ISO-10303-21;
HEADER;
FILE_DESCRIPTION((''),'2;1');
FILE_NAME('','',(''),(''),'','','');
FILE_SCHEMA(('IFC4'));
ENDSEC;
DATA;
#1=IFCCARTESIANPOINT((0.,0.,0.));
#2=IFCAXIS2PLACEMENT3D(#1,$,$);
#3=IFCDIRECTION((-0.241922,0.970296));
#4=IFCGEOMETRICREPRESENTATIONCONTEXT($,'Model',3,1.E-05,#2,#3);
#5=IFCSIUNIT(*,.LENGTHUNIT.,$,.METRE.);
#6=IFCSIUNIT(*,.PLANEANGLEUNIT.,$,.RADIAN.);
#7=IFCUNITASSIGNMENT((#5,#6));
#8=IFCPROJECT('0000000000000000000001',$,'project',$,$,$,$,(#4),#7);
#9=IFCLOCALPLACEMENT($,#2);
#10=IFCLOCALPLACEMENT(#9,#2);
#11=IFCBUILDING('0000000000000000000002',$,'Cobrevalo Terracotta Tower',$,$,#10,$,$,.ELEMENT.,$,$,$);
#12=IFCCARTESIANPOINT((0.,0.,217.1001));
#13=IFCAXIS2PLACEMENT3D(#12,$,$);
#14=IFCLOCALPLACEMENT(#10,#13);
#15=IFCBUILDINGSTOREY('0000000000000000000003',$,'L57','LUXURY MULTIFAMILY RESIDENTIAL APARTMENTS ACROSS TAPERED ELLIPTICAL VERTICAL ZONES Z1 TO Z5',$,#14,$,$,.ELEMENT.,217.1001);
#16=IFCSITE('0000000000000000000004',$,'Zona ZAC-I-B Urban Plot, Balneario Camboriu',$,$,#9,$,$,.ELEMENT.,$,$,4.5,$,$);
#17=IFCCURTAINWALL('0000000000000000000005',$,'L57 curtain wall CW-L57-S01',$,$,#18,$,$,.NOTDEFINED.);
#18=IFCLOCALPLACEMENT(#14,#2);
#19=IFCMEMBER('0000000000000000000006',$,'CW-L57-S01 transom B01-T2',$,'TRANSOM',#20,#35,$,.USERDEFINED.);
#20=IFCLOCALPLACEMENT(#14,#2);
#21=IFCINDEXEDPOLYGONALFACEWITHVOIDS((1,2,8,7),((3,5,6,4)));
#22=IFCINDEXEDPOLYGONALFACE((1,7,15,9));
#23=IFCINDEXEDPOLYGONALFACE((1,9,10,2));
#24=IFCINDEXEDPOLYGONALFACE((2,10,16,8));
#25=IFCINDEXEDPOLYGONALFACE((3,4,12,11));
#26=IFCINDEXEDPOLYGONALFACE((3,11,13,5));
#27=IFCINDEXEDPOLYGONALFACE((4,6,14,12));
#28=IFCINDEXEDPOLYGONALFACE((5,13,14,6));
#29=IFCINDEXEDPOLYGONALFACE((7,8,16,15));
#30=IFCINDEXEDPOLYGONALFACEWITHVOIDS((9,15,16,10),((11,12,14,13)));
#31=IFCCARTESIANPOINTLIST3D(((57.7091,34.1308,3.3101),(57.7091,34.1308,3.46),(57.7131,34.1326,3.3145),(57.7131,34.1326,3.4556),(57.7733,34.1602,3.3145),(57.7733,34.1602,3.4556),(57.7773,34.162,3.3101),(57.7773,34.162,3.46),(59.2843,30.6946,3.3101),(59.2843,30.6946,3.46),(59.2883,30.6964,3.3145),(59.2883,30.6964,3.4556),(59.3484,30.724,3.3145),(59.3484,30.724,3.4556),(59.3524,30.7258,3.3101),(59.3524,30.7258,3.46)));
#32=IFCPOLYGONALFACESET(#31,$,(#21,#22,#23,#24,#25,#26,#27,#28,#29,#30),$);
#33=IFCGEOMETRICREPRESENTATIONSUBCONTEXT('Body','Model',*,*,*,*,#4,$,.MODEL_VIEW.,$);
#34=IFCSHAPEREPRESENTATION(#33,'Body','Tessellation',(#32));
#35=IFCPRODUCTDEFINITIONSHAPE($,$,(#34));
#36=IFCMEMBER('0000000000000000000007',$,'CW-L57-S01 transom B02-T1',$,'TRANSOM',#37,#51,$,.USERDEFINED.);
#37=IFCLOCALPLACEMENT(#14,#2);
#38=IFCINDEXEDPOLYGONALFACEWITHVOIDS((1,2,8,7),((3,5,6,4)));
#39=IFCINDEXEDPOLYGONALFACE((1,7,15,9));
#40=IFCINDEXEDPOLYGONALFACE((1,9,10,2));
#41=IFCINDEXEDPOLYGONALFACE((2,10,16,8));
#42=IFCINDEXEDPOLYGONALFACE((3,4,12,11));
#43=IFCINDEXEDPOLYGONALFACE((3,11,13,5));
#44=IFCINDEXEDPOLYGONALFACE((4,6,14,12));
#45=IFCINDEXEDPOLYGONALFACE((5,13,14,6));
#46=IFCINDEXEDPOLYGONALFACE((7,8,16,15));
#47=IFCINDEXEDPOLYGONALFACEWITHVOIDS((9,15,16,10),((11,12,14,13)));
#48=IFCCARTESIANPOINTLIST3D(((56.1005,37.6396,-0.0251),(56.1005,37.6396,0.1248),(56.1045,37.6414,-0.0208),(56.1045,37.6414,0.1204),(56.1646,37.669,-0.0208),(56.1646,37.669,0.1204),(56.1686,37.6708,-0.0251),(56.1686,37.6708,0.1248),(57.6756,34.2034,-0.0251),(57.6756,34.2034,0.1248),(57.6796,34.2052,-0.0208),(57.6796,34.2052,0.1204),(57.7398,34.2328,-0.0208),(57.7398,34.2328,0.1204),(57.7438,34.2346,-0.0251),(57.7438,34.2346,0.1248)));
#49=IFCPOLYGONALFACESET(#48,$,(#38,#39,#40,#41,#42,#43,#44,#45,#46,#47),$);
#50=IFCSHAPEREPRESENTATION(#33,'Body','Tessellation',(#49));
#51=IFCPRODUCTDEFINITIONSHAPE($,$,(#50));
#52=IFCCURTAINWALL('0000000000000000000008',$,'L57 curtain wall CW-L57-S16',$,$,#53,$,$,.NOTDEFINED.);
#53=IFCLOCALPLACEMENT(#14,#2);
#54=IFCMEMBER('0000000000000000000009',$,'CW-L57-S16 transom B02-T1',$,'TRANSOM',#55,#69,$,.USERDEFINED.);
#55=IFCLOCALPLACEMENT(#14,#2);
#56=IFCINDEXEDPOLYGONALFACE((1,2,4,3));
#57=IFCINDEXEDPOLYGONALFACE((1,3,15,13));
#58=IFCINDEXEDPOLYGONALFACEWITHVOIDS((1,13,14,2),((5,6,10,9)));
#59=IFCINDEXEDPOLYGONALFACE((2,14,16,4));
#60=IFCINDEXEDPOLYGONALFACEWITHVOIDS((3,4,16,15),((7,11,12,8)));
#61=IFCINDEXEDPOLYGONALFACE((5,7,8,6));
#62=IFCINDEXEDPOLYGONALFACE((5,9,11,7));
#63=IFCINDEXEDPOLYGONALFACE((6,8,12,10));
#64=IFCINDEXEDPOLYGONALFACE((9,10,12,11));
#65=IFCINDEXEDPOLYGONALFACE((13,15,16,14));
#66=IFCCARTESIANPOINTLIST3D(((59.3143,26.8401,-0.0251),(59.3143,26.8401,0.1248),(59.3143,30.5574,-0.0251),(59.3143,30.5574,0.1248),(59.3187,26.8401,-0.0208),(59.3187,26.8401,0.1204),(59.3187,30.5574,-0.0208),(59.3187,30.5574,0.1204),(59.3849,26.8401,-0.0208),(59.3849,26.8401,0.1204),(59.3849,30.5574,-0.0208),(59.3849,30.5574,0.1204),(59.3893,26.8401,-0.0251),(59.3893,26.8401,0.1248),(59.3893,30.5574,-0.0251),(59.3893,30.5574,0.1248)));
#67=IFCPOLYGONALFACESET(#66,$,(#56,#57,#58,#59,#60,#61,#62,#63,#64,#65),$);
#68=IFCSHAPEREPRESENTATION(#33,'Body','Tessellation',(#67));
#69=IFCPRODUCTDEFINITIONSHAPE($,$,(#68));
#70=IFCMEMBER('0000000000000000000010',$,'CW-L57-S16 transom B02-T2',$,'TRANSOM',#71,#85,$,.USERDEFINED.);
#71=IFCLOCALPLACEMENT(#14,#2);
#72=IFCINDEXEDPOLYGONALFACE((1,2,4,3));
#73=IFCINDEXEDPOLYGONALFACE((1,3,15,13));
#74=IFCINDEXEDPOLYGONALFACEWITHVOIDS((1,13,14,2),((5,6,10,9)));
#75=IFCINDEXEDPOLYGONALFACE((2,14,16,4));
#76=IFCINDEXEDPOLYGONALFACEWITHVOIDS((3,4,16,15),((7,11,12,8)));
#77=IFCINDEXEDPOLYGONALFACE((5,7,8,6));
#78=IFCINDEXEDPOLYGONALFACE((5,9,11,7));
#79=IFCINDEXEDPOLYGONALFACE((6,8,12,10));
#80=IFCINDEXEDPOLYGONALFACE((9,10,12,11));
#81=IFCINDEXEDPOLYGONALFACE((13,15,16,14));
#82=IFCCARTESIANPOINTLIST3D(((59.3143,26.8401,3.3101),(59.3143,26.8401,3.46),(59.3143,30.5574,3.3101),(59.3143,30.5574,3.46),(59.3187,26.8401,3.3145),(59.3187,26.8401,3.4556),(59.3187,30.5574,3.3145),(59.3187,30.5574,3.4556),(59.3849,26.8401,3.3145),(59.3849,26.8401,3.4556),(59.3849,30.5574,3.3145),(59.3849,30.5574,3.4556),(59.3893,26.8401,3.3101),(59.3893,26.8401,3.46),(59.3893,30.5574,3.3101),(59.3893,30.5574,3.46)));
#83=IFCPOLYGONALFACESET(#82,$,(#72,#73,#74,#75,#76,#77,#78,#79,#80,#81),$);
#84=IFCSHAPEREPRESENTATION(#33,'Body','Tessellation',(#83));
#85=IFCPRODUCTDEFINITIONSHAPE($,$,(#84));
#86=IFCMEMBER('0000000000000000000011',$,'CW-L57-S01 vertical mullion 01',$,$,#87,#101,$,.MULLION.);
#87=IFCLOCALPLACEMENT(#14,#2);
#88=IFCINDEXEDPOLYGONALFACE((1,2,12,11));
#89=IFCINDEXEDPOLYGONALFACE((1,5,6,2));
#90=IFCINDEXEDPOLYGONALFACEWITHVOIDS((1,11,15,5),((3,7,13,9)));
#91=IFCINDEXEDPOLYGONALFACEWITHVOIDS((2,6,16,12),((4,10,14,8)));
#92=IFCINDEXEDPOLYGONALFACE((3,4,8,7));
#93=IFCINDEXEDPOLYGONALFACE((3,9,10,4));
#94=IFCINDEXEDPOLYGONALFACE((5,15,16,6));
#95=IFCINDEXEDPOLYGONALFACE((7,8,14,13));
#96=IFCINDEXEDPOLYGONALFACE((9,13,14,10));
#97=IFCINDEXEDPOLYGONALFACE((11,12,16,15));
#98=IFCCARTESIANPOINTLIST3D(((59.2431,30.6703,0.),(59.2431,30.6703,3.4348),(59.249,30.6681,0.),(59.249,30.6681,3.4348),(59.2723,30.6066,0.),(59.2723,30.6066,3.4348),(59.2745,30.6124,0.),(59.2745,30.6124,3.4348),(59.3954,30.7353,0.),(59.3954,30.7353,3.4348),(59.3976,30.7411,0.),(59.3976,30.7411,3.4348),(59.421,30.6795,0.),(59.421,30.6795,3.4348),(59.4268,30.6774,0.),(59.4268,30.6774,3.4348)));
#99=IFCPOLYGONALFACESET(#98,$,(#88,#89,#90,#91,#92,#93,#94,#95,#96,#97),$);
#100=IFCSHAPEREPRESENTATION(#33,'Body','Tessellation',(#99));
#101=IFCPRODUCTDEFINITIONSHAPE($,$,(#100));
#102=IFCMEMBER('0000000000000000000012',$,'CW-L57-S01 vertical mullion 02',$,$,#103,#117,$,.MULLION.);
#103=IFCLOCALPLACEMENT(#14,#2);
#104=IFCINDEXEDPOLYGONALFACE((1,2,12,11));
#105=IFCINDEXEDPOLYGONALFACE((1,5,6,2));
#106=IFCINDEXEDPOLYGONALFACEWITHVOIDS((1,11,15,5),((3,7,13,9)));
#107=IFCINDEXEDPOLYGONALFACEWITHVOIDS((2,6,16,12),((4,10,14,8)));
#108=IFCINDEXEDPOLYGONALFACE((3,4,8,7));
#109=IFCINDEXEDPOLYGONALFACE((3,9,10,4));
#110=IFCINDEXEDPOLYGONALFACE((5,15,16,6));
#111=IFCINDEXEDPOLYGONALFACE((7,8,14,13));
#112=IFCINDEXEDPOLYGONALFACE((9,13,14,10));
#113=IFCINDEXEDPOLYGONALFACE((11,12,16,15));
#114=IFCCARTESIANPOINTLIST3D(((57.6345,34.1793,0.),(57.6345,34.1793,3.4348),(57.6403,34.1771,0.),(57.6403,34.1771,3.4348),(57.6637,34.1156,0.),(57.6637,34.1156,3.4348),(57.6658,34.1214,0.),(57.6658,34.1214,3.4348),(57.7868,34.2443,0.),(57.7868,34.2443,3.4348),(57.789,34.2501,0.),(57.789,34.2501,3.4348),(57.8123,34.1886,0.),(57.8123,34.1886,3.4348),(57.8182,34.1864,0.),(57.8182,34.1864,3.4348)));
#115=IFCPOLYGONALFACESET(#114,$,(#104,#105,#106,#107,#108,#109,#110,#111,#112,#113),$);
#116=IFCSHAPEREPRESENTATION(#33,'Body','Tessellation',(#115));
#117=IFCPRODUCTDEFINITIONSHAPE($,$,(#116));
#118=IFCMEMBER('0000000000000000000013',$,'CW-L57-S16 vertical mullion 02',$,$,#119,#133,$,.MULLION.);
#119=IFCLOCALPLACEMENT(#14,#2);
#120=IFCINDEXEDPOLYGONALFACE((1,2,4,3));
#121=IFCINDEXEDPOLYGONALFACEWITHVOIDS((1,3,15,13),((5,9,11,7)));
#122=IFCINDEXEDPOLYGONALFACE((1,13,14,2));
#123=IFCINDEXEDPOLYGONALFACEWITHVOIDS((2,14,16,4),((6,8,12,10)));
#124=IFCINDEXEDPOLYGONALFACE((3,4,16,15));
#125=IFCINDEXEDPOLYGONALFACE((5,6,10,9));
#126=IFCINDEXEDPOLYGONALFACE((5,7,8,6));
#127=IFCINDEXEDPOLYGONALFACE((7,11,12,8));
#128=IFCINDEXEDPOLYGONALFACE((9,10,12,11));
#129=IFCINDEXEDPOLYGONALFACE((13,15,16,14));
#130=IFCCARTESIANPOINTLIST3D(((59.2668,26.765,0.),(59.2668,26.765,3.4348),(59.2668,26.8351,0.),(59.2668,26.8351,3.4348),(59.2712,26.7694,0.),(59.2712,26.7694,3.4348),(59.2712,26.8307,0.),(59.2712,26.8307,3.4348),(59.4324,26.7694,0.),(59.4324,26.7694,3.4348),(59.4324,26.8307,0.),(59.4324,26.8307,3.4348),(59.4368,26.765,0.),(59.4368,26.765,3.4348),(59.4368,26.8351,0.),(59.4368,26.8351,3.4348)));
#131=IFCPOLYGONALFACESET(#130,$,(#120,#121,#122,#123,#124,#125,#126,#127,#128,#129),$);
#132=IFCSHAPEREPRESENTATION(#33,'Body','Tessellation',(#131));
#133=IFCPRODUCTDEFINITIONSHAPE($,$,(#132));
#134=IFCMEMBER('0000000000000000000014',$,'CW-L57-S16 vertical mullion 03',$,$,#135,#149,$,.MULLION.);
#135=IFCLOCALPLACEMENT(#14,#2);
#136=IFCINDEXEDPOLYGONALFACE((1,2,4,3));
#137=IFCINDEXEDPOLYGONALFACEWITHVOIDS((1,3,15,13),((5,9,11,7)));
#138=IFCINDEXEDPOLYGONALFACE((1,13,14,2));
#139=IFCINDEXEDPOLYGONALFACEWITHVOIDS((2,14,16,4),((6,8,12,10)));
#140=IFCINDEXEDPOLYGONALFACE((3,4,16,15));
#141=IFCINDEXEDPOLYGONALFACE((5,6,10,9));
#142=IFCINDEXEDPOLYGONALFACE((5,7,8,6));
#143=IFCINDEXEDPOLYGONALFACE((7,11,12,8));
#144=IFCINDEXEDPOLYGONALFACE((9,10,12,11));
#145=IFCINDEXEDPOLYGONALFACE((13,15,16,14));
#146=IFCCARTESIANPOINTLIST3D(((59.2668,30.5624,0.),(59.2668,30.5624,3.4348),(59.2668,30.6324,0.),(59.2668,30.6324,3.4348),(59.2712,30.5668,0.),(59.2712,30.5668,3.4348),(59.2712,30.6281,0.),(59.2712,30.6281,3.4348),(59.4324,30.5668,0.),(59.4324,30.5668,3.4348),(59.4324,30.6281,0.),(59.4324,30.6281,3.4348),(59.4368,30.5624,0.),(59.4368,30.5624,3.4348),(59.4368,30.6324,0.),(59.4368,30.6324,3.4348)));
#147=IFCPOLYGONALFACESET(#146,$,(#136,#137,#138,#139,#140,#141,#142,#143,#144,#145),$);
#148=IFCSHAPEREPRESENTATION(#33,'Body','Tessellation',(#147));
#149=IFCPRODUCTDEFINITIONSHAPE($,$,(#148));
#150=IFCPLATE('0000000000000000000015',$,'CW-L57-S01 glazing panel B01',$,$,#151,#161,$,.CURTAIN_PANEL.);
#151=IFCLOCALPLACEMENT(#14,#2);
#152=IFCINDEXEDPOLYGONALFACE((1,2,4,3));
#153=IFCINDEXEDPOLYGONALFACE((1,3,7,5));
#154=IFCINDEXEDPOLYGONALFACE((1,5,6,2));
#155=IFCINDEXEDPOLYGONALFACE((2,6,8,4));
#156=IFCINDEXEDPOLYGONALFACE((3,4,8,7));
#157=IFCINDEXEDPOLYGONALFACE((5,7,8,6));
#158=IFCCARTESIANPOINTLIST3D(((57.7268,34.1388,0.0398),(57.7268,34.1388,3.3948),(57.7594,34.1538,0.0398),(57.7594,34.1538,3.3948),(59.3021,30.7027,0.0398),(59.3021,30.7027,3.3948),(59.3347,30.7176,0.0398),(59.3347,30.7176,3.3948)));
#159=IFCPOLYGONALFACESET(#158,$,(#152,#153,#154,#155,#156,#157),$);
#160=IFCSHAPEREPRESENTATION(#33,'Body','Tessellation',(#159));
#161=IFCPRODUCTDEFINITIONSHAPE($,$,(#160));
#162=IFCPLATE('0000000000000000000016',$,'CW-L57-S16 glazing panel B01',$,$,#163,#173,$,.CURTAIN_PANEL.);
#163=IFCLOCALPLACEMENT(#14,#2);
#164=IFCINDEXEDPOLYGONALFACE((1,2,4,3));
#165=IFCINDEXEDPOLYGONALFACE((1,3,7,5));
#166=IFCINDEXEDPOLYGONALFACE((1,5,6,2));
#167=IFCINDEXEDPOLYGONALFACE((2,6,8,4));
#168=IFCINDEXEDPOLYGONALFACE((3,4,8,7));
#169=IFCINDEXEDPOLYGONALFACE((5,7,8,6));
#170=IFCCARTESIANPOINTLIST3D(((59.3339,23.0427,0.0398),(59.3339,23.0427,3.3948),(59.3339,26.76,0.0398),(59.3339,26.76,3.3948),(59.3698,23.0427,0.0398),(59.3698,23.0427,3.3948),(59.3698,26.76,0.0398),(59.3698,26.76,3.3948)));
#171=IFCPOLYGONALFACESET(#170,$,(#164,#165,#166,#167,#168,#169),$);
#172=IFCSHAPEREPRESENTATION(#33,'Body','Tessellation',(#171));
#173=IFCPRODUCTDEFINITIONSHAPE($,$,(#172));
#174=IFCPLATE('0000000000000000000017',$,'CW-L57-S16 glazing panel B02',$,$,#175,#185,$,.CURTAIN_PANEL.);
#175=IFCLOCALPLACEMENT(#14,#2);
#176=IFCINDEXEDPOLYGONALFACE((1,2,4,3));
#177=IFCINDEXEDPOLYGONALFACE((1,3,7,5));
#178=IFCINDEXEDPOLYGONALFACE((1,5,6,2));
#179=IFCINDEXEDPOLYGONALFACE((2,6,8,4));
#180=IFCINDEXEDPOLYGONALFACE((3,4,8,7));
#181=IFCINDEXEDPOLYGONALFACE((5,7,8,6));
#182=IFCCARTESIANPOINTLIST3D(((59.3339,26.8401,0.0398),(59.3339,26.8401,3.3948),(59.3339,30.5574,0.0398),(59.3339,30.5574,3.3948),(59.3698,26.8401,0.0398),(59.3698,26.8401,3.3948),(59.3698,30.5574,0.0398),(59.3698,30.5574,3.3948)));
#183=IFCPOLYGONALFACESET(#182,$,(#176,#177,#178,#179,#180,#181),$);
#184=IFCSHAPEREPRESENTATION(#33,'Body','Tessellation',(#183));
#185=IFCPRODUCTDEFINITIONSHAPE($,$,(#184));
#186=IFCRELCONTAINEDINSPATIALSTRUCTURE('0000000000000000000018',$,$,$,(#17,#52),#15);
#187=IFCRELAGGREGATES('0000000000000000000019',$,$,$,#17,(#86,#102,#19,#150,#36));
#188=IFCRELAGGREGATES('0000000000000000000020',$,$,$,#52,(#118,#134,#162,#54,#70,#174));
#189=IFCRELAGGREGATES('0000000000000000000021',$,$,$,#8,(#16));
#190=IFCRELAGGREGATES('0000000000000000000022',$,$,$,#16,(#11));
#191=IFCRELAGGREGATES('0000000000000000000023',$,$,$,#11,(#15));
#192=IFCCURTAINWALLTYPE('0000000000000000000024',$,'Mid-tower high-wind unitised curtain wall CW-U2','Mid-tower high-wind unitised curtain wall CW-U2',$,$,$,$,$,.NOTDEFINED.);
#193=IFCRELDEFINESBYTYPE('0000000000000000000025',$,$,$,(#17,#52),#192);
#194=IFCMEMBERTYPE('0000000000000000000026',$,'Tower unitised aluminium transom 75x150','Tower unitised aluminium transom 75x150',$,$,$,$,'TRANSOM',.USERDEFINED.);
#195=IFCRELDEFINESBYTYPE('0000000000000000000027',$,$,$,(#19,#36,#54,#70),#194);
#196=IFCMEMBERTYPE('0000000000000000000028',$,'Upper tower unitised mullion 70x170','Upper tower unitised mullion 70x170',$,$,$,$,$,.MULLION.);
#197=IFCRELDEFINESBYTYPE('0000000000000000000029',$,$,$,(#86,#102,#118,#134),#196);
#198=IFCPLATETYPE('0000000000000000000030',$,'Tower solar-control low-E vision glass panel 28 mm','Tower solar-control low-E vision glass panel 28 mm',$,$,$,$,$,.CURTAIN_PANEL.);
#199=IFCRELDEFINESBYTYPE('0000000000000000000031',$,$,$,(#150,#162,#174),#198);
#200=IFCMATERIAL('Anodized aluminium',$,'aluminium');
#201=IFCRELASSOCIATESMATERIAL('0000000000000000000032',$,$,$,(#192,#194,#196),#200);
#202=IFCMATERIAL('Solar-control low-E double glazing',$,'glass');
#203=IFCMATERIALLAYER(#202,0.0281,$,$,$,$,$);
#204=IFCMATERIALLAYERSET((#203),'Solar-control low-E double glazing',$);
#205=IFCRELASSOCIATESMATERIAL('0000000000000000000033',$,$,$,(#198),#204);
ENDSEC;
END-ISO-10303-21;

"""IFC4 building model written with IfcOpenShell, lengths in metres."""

from ifc_helpers import new_model, si_unit, direction, frame, origin, origin_2d, place, context, subcontext, project, spatial, rectangle, hollow_rectangle, extrude, source, transform, mapped, material, layer, layer_set, material_profile, profile_set, type_object, element, aggregate, save


model = new_model("IFC4")

# Units and contexts
model_context = context("Model", 3, precision=1e-05, world=origin(), true_north=direction((-0.241922, 0.970296)))
body_context = subcontext(model_context, "Body", "Model", "MODEL_VIEW")
ifc_project = project(units=[si_unit("LENGTHUNIT", "METRE"), si_unit("PLANEANGLEUNIT", "RADIAN")], contexts=[model_context])

# Site, building, storey
site_placement = place(None, origin())
site = spatial("IfcSite", under=ifc_project, at=site_placement, Name="Zona ZAC-I-B Urban Plot, Balneario Camboriu", CompositionType="ELEMENT", RefElevation=4.5)
building_placement = place(site_placement, origin())
building = spatial("IfcBuilding", under=site, at=building_placement, Name="Cobrevalo Terracotta Tower", CompositionType="ELEMENT")
storey_placement = place(building_placement, frame((0.0, 0.0, 217.1001)))
storey = spatial("IfcBuildingStorey", under=building, at=storey_placement, Name="L57", Description="LUXURY MULTIFAMILY RESIDENTIAL APARTMENTS ACROSS TAPERED ELLIPTICAL VERTICAL ZONES Z1 TO Z5", CompositionType="ELEMENT", Elevation=217.1001)

# Curtain walls, members
ifc_material_1 = material(Name="Anodized aluminium", Category="aluminium")
curtain_wall_type = type_object("IfcCurtainWallType", Name="Mid-tower high-wind unitised curtain wall CW-U2", Description="Mid-tower high-wind unitised curtain wall CW-U2", PredefinedType="NOTDEFINED", material=ifc_material_1)
curtain_wall_1_placement = place(storey_placement, origin())
curtain_wall_1 = element("IfcCurtainWall", 1, at=curtain_wall_1_placement, inside=storey, type_object=curtain_wall_type, Name="L57 curtain wall CW-L57-S01", PredefinedType="NOTDEFINED")
ifc_material_profile_1 = material_profile(ifc_material_1, hollow_rectangle(XDim=0.075, YDim=0.1499, WallThickness=0.0044, at=origin_2d()), Name="CWT 75x150")
ifc_profile_set_1 = profile_set([ifc_material_profile_1], Name="Anodized aluminium")
member_type_1 = type_object("IfcMemberType", Name="Tower unitised aluminium transom 75x150", Description="Tower unitised aluminium transom 75x150", ElementType="TRANSOM", PredefinedType="USERDEFINED", material=ifc_profile_set_1)
shared_shape_1 = source(origin(), body_context, "Body", "SweptSolid", [
    extrude(hollow_rectangle(XDim=0.075, YDim=0.1499, WallThickness=0.0044, at=origin_2d()), origin(), (0.0, 0.0, 1.0), 3.78),
])
member_1_placement = place(storey_placement, frame((59.3184, 30.7102, 3.385), z_axis=(-0.416706, 0.909041, 0.0), x_axis=(-0.909041, -0.416706, 0.0)))
member_1 = element("IfcMember", 2, at=member_1_placement, type_object=member_type_1, Name="CW-L57-S01 transom B01-T2", ObjectType="TRANSOM", PredefinedType="USERDEFINED", context=body_context, shape_type="MappedRepresentation", body=[
    mapped(shared_shape_1, transform((0.0, 0.0, 0.0), scale=1.0)),
])
member_2_placement = place(storey_placement, frame((57.7097, 34.219, 0.0498), z_axis=(-0.416706, 0.909041, 0.0), x_axis=(-0.909041, -0.416706, 0.0)))
member_2 = element("IfcMember", 3, at=member_2_placement, type_object=member_type_1, Name="CW-L57-S01 transom B02-T1", ObjectType="TRANSOM", PredefinedType="USERDEFINED", context=body_context, shape_type="MappedRepresentation", body=[
    mapped(shared_shape_1, transform((0.0, 0.0, 0.0), scale=1.0)),
])
curtain_wall_2_placement = place(storey_placement, origin())
curtain_wall_2 = element("IfcCurtainWall", 4, at=curtain_wall_2_placement, inside=storey, type_object=curtain_wall_type, Name="L57 curtain wall CW-L57-S16", PredefinedType="NOTDEFINED")
shared_shape_2 = source(origin(), body_context, "Body", "SweptSolid", [
    extrude(hollow_rectangle(XDim=0.075, YDim=0.1499, WallThickness=0.0044, at=origin_2d()), origin(), (0.0, 0.0, 1.0), 3.7173),
])
member_3_placement = place(storey_placement, frame((59.3518, 26.8401, 0.0498), z_axis=(0.0, 1.0, 0.0), x_axis=(-1.0, 0.0, 0.0)))
member_3 = element("IfcMember", 5, at=member_3_placement, type_object=member_type_1, Name="CW-L57-S16 transom B02-T1", ObjectType="TRANSOM", PredefinedType="USERDEFINED", context=body_context, shape_type="MappedRepresentation", body=[
    mapped(shared_shape_2, transform((0.0, 0.0, 0.0), scale=1.0)),
])
member_4_placement = place(storey_placement, frame((59.3518, 26.8401, 3.385), z_axis=(0.0, 1.0, 0.0), x_axis=(-1.0, 0.0, 0.0)))
member_4 = element("IfcMember", 6, at=member_4_placement, type_object=member_type_1, Name="CW-L57-S16 transom B02-T2", ObjectType="TRANSOM", PredefinedType="USERDEFINED", context=body_context, shape_type="MappedRepresentation", body=[
    mapped(shared_shape_2, transform((0.0, 0.0, 0.0), scale=1.0)),
])

# Members
ifc_material_profile_2 = material_profile(ifc_material_1, hollow_rectangle(XDim=0.0701, YDim=0.1699, WallThickness=0.0044, at=origin_2d()), Name="CWM 70x170")
ifc_profile_set_2 = profile_set([ifc_material_profile_2], Name="Anodized aluminium")
member_type_2 = type_object("IfcMemberType", Name="Upper tower unitised mullion 70x170", Description="Upper tower unitised mullion 70x170", PredefinedType="MULLION", material=ifc_profile_set_2)
shared_shape_3 = source(origin(), body_context, "Body", "SweptSolid", [
    extrude(hollow_rectangle(XDim=0.0701, YDim=0.1699, WallThickness=0.0044, at=origin_2d()), origin(), (0.0, 0.0, 1.0), 3.4348),
])
member_5_placement = place(storey_placement, frame((59.335, 30.6738, 0.0), z_axis=(0.0, 0.0, 1.0), x_axis=(-0.416725, 0.909033, 0.0)))
member_5 = element("IfcMember", 7, at=member_5_placement, type_object=member_type_2, Name="CW-L57-S01 vertical mullion 01", PredefinedType="MULLION", context=body_context, shape_type="MappedRepresentation", body=[
    mapped(shared_shape_3, transform((0.0, 0.0, 0.0), scale=1.0)),
])
member_6_placement = place(storey_placement, frame((57.7263, 34.1829, 0.0), z_axis=(0.0, 0.0, 1.0), x_axis=(-0.416725, 0.909033, 0.0)))
member_6 = element("IfcMember", 8, at=member_6_placement, type_object=member_type_2, Name="CW-L57-S01 vertical mullion 02", PredefinedType="MULLION", context=body_context, shape_type="MappedRepresentation", body=[
    mapped(shared_shape_3, transform((0.0, 0.0, 0.0), scale=1.0)),
])
member_7_placement = place(storey_placement, frame((59.3518, 26.8, 0.0), z_axis=(0.0, 0.0, 1.0), x_axis=(0.0, 1.0, 0.0)))
member_7 = element("IfcMember", 9, at=member_7_placement, type_object=member_type_2, Name="CW-L57-S16 vertical mullion 02", PredefinedType="MULLION", context=body_context, shape_type="MappedRepresentation", body=[
    mapped(shared_shape_3, transform((0.0, 0.0, 0.0), scale=1.0)),
])
member_8_placement = place(storey_placement, frame((59.3518, 30.5974, 0.0), z_axis=(0.0, 0.0, 1.0), x_axis=(0.0, 1.0, 0.0)))
member_8 = element("IfcMember", 10, at=member_8_placement, type_object=member_type_2, Name="CW-L57-S16 vertical mullion 03", PredefinedType="MULLION", context=body_context, shape_type="MappedRepresentation", body=[
    mapped(shared_shape_3, transform((0.0, 0.0, 0.0), scale=1.0)),
])

# Plates
ifc_material_2 = material(Name="Solar-control low-E double glazing", Category="glass")
ifc_layer_1 = layer(ifc_material_2, 0.0281)
ifc_layer_set_1 = layer_set([ifc_layer_1], Name="Solar-control low-E double glazing")
plate_type = type_object("IfcPlateType", Name="Tower solar-control low-E vision glass panel 28 mm", Description="Tower solar-control low-E vision glass panel 28 mm", PredefinedType="CURTAIN_PANEL", material=ifc_layer_set_1)
shared_shape_4 = source(origin(), body_context, "Body", "SweptSolid", [
    extrude(rectangle(XDim=3.78, YDim=0.0359, at=origin_2d()), origin(), (0.0, 0.0, 1.0), 3.355),
])
plate_1_placement = place(storey_placement, frame((58.5308, 32.4282, 0.0398), z_axis=(0.0, 0.0, 1.0), x_axis=(-0.416731, 0.90903, 0.0)))
plate_1 = element("IfcPlate", 11, at=plate_1_placement, type_object=plate_type, Name="CW-L57-S01 glazing panel B01", PredefinedType="CURTAIN_PANEL", context=body_context, shape_type="MappedRepresentation", body=[
    mapped(shared_shape_4, transform((0.0, 0.0, 0.0), scale=1.0)),
])
aggregate(curtain_wall_1, [member_5, member_6, member_1, plate_1, member_2])
shared_shape_5 = source(origin(), body_context, "Body", "SweptSolid", [
    extrude(rectangle(XDim=3.7173, YDim=0.0359, at=origin_2d()), origin(), (0.0, 0.0, 1.0), 3.355),
])
plate_2_placement = place(storey_placement, frame((59.3518, 24.9014, 0.0398), z_axis=(0.0, 0.0, 1.0), x_axis=(0.0, 1.0, 0.0)))
plate_2 = element("IfcPlate", 12, at=plate_2_placement, type_object=plate_type, Name="CW-L57-S16 glazing panel B01", PredefinedType="CURTAIN_PANEL", context=body_context, shape_type="MappedRepresentation", body=[
    mapped(shared_shape_5, transform((0.0, 0.0, 0.0), scale=1.0)),
])
plate_3_placement = place(storey_placement, frame((59.3518, 28.6987, 0.0398), z_axis=(0.0, 0.0, 1.0), x_axis=(0.0, 1.0, 0.0)))
plate_3 = element("IfcPlate", 13, at=plate_3_placement, type_object=plate_type, Name="CW-L57-S16 glazing panel B02", PredefinedType="CURTAIN_PANEL", context=body_context, shape_type="MappedRepresentation", body=[
    mapped(shared_shape_5, transform((0.0, 0.0, 0.0), scale=1.0)),
])
aggregate(curtain_wall_2, [member_7, member_8, plate_2, member_3, member_4, plate_3])

save(model, "model.ifc")
